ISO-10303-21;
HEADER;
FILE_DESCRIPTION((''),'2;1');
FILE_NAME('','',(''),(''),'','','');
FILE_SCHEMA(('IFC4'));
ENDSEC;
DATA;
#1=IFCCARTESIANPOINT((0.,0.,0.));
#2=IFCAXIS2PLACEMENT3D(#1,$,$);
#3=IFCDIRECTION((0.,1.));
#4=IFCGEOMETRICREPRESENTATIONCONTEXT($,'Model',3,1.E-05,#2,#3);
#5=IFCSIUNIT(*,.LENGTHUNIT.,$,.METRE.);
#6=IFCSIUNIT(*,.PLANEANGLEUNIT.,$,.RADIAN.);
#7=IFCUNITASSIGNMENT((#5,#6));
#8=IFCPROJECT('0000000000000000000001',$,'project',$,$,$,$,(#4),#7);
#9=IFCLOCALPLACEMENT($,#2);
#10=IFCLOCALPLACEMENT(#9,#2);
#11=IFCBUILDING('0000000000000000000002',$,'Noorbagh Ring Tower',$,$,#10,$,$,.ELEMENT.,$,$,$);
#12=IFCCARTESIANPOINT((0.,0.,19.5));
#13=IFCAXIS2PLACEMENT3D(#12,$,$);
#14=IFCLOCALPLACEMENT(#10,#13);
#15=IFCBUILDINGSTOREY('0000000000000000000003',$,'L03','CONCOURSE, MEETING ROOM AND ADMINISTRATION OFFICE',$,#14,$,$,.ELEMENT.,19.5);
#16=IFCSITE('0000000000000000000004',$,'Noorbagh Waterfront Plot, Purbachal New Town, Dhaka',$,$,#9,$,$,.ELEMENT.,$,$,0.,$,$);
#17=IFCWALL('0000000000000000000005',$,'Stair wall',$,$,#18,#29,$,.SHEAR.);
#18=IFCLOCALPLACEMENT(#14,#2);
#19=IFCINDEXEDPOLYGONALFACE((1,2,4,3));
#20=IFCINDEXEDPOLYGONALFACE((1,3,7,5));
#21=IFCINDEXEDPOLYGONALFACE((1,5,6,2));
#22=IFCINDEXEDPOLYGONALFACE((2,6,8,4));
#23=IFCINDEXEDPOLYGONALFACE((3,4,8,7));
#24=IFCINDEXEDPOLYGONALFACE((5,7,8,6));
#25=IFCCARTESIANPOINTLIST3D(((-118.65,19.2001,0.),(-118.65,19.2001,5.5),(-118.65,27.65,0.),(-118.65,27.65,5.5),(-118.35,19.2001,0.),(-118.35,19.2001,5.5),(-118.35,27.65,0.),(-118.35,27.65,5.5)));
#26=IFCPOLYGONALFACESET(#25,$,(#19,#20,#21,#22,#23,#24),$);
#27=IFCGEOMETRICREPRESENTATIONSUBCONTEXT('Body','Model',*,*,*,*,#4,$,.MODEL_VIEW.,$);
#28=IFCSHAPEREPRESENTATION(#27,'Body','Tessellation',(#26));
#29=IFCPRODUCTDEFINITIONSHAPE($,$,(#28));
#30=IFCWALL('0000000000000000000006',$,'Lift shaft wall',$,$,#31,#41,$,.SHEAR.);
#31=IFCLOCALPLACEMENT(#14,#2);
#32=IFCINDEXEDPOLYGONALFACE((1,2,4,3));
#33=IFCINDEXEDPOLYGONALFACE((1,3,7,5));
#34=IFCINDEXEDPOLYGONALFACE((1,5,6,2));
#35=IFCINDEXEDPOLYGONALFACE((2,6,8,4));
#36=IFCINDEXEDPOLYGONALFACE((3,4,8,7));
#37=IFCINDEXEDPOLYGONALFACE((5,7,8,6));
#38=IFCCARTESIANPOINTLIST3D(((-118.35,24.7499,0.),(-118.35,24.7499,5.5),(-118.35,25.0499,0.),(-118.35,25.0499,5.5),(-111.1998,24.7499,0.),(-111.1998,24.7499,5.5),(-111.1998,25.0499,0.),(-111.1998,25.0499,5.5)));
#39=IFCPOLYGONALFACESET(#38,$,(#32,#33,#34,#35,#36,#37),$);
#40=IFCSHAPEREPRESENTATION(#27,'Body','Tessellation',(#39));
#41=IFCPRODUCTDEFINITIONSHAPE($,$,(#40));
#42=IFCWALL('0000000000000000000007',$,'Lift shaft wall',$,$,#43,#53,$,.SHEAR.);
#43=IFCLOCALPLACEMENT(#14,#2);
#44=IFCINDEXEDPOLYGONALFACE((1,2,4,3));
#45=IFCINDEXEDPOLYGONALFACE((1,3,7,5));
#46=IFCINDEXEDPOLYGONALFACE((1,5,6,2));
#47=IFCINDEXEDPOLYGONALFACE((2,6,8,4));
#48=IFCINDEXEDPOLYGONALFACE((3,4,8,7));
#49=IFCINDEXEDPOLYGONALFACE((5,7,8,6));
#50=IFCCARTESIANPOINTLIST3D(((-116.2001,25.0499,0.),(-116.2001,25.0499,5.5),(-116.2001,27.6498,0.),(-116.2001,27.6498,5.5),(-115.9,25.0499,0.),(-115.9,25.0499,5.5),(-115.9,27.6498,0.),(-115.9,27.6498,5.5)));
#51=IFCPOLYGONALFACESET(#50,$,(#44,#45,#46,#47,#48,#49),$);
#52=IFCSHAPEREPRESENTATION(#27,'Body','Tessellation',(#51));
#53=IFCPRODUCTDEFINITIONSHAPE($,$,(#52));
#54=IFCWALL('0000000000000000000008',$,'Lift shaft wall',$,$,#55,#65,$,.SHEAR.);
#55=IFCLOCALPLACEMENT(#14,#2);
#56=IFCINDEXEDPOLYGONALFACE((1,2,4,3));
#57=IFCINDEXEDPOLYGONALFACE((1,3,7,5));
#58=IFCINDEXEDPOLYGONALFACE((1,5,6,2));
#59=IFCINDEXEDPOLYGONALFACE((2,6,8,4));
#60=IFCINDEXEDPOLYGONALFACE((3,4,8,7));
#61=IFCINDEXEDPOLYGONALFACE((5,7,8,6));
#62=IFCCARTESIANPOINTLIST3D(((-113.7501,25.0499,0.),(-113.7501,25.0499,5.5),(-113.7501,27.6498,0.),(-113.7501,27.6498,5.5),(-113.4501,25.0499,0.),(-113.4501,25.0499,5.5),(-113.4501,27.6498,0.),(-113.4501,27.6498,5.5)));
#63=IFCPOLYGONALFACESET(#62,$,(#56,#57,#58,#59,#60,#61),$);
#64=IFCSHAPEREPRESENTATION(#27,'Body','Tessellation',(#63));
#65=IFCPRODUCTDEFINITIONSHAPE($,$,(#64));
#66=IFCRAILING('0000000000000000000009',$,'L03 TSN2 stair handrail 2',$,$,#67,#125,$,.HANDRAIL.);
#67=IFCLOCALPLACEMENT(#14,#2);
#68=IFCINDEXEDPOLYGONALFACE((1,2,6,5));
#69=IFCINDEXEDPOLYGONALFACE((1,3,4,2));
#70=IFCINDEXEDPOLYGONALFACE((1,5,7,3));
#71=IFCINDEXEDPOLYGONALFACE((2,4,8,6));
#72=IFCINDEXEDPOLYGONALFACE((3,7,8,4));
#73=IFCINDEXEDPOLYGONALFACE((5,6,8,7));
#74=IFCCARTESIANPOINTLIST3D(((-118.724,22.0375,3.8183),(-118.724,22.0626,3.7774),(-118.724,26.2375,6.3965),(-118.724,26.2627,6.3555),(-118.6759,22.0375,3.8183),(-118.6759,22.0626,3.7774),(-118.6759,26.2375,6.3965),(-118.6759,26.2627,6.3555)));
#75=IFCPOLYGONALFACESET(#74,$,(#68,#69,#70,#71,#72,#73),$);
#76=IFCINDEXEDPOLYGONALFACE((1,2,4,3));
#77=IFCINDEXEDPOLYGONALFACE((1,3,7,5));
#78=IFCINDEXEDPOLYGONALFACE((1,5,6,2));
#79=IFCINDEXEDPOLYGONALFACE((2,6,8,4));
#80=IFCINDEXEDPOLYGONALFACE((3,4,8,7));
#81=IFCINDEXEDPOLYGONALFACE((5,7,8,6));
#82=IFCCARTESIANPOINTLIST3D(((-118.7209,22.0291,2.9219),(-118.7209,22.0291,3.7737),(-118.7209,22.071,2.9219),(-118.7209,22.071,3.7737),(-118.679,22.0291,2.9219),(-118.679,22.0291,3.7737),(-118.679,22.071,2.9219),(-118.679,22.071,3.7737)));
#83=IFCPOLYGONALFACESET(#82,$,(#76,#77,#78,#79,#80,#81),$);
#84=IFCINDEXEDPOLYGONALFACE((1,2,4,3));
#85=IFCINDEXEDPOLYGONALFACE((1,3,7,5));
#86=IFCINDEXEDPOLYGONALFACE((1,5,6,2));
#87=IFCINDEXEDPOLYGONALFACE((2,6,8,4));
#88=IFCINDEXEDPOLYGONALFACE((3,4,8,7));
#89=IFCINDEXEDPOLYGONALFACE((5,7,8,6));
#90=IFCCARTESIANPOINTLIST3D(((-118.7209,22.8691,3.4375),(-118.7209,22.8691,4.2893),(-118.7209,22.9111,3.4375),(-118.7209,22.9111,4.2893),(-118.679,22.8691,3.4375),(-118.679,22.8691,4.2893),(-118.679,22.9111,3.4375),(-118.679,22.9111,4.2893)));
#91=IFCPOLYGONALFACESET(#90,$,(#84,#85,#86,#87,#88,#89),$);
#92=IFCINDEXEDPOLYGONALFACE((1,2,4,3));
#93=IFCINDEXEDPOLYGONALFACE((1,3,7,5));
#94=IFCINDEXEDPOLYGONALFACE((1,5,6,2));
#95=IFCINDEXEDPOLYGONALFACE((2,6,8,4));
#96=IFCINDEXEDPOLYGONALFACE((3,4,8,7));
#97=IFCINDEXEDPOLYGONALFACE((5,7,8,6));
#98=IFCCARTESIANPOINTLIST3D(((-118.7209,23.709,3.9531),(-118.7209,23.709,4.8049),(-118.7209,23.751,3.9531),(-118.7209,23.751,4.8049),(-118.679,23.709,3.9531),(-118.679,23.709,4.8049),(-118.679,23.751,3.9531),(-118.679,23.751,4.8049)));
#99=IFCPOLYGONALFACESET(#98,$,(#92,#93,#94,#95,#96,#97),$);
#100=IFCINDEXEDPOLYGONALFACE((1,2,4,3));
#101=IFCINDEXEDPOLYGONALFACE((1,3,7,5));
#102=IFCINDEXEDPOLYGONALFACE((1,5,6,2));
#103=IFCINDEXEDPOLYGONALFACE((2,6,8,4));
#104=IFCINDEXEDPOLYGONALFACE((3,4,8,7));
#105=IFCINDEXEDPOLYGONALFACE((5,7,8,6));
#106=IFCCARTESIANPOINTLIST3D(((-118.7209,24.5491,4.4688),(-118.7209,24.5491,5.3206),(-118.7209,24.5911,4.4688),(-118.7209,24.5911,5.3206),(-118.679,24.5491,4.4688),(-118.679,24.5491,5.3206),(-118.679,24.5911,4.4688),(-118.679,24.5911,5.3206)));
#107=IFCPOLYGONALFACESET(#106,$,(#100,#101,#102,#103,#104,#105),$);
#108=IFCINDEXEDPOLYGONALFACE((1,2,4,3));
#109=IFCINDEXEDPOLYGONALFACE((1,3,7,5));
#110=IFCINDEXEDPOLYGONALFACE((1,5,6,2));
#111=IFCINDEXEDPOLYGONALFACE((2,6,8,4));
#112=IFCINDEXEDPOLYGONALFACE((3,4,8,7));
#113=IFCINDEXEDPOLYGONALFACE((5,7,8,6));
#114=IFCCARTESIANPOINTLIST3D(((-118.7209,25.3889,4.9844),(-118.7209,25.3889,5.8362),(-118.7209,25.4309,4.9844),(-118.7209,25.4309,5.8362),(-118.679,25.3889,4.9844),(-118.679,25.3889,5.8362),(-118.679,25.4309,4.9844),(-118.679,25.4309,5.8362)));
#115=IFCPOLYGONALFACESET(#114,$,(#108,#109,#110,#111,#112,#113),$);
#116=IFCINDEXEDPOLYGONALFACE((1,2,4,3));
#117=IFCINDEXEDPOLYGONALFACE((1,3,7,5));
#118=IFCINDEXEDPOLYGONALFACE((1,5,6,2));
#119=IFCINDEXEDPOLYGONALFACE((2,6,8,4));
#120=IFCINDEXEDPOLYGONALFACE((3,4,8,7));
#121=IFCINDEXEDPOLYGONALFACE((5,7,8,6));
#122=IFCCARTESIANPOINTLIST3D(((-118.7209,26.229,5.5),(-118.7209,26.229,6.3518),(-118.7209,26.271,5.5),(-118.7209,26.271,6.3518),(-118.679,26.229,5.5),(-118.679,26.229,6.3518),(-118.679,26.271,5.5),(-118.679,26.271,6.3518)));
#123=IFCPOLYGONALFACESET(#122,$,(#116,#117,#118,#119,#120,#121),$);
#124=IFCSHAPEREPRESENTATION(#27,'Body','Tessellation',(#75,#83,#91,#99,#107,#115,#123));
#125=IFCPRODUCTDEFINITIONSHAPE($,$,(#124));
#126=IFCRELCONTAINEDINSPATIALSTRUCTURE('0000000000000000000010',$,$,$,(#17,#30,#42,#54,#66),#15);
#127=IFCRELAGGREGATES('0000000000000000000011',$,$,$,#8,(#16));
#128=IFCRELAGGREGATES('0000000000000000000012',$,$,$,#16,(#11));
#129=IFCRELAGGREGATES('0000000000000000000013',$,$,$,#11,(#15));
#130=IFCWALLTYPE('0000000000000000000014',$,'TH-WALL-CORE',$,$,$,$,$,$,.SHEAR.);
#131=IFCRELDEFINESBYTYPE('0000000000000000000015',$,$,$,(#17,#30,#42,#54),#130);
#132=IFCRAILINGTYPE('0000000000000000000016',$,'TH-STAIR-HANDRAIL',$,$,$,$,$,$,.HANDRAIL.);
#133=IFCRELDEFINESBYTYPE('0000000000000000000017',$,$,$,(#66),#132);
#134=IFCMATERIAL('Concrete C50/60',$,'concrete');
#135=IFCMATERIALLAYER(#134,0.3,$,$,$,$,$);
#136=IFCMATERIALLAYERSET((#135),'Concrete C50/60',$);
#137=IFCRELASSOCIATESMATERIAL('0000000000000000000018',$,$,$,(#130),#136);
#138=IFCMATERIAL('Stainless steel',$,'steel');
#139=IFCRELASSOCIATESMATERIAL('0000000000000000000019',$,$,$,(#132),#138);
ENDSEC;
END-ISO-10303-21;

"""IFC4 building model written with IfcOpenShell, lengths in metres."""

from ifc_helpers import new_model, si_unit, direction, frame, frame_2d, origin, origin_2d, place, context, subcontext, project, spatial, rectangle, extrude, material, layer, layer_set, type_object, element, save


model = new_model("IFC4")

# Units and contexts
model_context = context("Model", 3, precision=1e-05, world=origin(), true_north=direction((0.0, 1.0)))
body_context = subcontext(model_context, "Body", "Model", "MODEL_VIEW")
ifc_project = project(units=[si_unit("LENGTHUNIT", "METRE"), si_unit("PLANEANGLEUNIT", "RADIAN")], contexts=[model_context])

# Site, building, storey
site_placement = place(None, origin())
site = spatial("IfcSite", under=ifc_project, at=site_placement, Name="Noorbagh Waterfront Plot, Purbachal New Town, Dhaka", CompositionType="ELEMENT", RefElevation=0.0)
building_placement = place(site_placement, origin())
building = spatial("IfcBuilding", under=site, at=building_placement, Name="Noorbagh Ring Tower", CompositionType="ELEMENT")
storey_placement = place(building_placement, frame((0.0, 0.0, 19.5)))
storey = spatial("IfcBuildingStorey", under=building, at=storey_placement, Name="L03", Description="CONCOURSE, MEETING ROOM AND ADMINISTRATION OFFICE", CompositionType="ELEMENT", Elevation=19.5)

# Walls
ifc_material_1 = material(Name="Concrete C50/60", Category="concrete")
ifc_layer_1 = layer(ifc_material_1, 0.3)
ifc_layer_set_1 = layer_set([ifc_layer_1], Name="Concrete C50/60")
wall_type_1 = type_object("IfcWallType", Name="TH-WALL-CORE", PredefinedType="SHEAR", material=ifc_layer_set_1)
wall_1_placement = place(storey_placement, frame((-118.5, 19.2, 0.0), z_axis=(0.0, 0.0, 1.0), x_axis=(0.0, 1.0, 0.0)))
element("IfcWall", 1, at=wall_1_placement, inside=storey, type_object=wall_type_1, Name="Stair wall", PredefinedType="SHEAR", context=body_context, shape_type="SweptSolid", body=[
    extrude(rectangle(XDim=8.45, YDim=0.3, at=frame_2d((4.2251, 0.0))), origin(), (0.0, 0.0, 1.0), 5.5),
])
wall_2_placement = place(storey_placement, frame((-118.3501, 24.8999, 0.0), z_axis=(0.0, 0.0, 1.0), x_axis=(1.0, 0.0, 0.0)))
element("IfcWall", 2, at=wall_2_placement, inside=storey, type_object=wall_type_1, Name="Lift shaft wall", PredefinedType="SHEAR", context=body_context, shape_type="SweptSolid", body=[
    extrude(rectangle(XDim=7.1501, YDim=0.3, at=frame_2d((3.5752, 0.0))), origin(), (0.0, 0.0, 1.0), 5.5),
])
for number, where, z_axis, x_axis, name in (
    (3, (-116.05, 25.05, 0.0), (0.0, 0.0, 1.0), (0.0, 1.0, 0.0), "Lift shaft wall"),
    (4, (-113.6001, 25.05, 0.0), (0.0, 0.0, 1.0), (0.0, 1.0, 0.0), "Lift shaft wall"),
):
    element("IfcWall", number, at=place(storey_placement, frame(where, z_axis=z_axis, x_axis=x_axis)), inside=storey, type_object=wall_type_1, Name=name, PredefinedType="SHEAR", context=body_context, shape_type="SweptSolid", body=[
        extrude(rectangle(XDim=2.5999, YDim=0.3, at=frame_2d((1.2998, 0.0))), origin(), (0.0, 0.0, 1.0), 5.5),
    ])

# Railing
ifc_material_2 = material(Name="Stainless steel", Category="steel")
railing_type = type_object("IfcRailingType", Name="TH-STAIR-HANDRAIL", PredefinedType="HANDRAIL", material=ifc_material_2)
railing_placement = place(storey_placement, frame((-118.7, 22.05, 2.9219)))
element("IfcRailing", 5, at=railing_placement, inside=storey, type_object=railing_type, Name="L03 TSN2 stair handrail 2", PredefinedType="HANDRAIL", context=body_context, shape_type="SweptSolid", body=[
    extrude(rectangle(XDim=0.0481, YDim=0.0481, at=origin_2d()), frame((0.0, 0.0, 0.876), z_axis=(0.0, 0.852243, 0.523146), x_axis=(-1.0, 0.0, 0.0)), (0.0, 0.0, 1.0), 4.9282),
    extrude(rectangle(XDim=0.042, YDim=0.042, at=origin_2d()), origin(), (0.0, 0.0, 1.0), 0.8518),
    extrude(rectangle(XDim=0.042, YDim=0.042, at=origin_2d()), frame((0.0, 0.8401, 0.5156)), (0.0, 0.0, 1.0), 0.8518),
    extrude(rectangle(XDim=0.042, YDim=0.042, at=origin_2d()), frame((0.0, 1.6799, 1.0312)), (0.0, 0.0, 1.0), 0.8518),
    extrude(rectangle(XDim=0.042, YDim=0.042, at=origin_2d()), frame((0.0, 2.52, 1.5469)), (0.0, 0.0, 1.0), 0.8518),
    extrude(rectangle(XDim=0.042, YDim=0.042, at=origin_2d()), frame((0.0, 3.3599, 2.0625)), (0.0, 0.0, 1.0), 0.8518),
    extrude(rectangle(XDim=0.042, YDim=0.042, at=origin_2d()), frame((0.0, 4.2, 2.5781)), (0.0, 0.0, 1.0), 0.8518),
])

save(model, "model.ifc")
